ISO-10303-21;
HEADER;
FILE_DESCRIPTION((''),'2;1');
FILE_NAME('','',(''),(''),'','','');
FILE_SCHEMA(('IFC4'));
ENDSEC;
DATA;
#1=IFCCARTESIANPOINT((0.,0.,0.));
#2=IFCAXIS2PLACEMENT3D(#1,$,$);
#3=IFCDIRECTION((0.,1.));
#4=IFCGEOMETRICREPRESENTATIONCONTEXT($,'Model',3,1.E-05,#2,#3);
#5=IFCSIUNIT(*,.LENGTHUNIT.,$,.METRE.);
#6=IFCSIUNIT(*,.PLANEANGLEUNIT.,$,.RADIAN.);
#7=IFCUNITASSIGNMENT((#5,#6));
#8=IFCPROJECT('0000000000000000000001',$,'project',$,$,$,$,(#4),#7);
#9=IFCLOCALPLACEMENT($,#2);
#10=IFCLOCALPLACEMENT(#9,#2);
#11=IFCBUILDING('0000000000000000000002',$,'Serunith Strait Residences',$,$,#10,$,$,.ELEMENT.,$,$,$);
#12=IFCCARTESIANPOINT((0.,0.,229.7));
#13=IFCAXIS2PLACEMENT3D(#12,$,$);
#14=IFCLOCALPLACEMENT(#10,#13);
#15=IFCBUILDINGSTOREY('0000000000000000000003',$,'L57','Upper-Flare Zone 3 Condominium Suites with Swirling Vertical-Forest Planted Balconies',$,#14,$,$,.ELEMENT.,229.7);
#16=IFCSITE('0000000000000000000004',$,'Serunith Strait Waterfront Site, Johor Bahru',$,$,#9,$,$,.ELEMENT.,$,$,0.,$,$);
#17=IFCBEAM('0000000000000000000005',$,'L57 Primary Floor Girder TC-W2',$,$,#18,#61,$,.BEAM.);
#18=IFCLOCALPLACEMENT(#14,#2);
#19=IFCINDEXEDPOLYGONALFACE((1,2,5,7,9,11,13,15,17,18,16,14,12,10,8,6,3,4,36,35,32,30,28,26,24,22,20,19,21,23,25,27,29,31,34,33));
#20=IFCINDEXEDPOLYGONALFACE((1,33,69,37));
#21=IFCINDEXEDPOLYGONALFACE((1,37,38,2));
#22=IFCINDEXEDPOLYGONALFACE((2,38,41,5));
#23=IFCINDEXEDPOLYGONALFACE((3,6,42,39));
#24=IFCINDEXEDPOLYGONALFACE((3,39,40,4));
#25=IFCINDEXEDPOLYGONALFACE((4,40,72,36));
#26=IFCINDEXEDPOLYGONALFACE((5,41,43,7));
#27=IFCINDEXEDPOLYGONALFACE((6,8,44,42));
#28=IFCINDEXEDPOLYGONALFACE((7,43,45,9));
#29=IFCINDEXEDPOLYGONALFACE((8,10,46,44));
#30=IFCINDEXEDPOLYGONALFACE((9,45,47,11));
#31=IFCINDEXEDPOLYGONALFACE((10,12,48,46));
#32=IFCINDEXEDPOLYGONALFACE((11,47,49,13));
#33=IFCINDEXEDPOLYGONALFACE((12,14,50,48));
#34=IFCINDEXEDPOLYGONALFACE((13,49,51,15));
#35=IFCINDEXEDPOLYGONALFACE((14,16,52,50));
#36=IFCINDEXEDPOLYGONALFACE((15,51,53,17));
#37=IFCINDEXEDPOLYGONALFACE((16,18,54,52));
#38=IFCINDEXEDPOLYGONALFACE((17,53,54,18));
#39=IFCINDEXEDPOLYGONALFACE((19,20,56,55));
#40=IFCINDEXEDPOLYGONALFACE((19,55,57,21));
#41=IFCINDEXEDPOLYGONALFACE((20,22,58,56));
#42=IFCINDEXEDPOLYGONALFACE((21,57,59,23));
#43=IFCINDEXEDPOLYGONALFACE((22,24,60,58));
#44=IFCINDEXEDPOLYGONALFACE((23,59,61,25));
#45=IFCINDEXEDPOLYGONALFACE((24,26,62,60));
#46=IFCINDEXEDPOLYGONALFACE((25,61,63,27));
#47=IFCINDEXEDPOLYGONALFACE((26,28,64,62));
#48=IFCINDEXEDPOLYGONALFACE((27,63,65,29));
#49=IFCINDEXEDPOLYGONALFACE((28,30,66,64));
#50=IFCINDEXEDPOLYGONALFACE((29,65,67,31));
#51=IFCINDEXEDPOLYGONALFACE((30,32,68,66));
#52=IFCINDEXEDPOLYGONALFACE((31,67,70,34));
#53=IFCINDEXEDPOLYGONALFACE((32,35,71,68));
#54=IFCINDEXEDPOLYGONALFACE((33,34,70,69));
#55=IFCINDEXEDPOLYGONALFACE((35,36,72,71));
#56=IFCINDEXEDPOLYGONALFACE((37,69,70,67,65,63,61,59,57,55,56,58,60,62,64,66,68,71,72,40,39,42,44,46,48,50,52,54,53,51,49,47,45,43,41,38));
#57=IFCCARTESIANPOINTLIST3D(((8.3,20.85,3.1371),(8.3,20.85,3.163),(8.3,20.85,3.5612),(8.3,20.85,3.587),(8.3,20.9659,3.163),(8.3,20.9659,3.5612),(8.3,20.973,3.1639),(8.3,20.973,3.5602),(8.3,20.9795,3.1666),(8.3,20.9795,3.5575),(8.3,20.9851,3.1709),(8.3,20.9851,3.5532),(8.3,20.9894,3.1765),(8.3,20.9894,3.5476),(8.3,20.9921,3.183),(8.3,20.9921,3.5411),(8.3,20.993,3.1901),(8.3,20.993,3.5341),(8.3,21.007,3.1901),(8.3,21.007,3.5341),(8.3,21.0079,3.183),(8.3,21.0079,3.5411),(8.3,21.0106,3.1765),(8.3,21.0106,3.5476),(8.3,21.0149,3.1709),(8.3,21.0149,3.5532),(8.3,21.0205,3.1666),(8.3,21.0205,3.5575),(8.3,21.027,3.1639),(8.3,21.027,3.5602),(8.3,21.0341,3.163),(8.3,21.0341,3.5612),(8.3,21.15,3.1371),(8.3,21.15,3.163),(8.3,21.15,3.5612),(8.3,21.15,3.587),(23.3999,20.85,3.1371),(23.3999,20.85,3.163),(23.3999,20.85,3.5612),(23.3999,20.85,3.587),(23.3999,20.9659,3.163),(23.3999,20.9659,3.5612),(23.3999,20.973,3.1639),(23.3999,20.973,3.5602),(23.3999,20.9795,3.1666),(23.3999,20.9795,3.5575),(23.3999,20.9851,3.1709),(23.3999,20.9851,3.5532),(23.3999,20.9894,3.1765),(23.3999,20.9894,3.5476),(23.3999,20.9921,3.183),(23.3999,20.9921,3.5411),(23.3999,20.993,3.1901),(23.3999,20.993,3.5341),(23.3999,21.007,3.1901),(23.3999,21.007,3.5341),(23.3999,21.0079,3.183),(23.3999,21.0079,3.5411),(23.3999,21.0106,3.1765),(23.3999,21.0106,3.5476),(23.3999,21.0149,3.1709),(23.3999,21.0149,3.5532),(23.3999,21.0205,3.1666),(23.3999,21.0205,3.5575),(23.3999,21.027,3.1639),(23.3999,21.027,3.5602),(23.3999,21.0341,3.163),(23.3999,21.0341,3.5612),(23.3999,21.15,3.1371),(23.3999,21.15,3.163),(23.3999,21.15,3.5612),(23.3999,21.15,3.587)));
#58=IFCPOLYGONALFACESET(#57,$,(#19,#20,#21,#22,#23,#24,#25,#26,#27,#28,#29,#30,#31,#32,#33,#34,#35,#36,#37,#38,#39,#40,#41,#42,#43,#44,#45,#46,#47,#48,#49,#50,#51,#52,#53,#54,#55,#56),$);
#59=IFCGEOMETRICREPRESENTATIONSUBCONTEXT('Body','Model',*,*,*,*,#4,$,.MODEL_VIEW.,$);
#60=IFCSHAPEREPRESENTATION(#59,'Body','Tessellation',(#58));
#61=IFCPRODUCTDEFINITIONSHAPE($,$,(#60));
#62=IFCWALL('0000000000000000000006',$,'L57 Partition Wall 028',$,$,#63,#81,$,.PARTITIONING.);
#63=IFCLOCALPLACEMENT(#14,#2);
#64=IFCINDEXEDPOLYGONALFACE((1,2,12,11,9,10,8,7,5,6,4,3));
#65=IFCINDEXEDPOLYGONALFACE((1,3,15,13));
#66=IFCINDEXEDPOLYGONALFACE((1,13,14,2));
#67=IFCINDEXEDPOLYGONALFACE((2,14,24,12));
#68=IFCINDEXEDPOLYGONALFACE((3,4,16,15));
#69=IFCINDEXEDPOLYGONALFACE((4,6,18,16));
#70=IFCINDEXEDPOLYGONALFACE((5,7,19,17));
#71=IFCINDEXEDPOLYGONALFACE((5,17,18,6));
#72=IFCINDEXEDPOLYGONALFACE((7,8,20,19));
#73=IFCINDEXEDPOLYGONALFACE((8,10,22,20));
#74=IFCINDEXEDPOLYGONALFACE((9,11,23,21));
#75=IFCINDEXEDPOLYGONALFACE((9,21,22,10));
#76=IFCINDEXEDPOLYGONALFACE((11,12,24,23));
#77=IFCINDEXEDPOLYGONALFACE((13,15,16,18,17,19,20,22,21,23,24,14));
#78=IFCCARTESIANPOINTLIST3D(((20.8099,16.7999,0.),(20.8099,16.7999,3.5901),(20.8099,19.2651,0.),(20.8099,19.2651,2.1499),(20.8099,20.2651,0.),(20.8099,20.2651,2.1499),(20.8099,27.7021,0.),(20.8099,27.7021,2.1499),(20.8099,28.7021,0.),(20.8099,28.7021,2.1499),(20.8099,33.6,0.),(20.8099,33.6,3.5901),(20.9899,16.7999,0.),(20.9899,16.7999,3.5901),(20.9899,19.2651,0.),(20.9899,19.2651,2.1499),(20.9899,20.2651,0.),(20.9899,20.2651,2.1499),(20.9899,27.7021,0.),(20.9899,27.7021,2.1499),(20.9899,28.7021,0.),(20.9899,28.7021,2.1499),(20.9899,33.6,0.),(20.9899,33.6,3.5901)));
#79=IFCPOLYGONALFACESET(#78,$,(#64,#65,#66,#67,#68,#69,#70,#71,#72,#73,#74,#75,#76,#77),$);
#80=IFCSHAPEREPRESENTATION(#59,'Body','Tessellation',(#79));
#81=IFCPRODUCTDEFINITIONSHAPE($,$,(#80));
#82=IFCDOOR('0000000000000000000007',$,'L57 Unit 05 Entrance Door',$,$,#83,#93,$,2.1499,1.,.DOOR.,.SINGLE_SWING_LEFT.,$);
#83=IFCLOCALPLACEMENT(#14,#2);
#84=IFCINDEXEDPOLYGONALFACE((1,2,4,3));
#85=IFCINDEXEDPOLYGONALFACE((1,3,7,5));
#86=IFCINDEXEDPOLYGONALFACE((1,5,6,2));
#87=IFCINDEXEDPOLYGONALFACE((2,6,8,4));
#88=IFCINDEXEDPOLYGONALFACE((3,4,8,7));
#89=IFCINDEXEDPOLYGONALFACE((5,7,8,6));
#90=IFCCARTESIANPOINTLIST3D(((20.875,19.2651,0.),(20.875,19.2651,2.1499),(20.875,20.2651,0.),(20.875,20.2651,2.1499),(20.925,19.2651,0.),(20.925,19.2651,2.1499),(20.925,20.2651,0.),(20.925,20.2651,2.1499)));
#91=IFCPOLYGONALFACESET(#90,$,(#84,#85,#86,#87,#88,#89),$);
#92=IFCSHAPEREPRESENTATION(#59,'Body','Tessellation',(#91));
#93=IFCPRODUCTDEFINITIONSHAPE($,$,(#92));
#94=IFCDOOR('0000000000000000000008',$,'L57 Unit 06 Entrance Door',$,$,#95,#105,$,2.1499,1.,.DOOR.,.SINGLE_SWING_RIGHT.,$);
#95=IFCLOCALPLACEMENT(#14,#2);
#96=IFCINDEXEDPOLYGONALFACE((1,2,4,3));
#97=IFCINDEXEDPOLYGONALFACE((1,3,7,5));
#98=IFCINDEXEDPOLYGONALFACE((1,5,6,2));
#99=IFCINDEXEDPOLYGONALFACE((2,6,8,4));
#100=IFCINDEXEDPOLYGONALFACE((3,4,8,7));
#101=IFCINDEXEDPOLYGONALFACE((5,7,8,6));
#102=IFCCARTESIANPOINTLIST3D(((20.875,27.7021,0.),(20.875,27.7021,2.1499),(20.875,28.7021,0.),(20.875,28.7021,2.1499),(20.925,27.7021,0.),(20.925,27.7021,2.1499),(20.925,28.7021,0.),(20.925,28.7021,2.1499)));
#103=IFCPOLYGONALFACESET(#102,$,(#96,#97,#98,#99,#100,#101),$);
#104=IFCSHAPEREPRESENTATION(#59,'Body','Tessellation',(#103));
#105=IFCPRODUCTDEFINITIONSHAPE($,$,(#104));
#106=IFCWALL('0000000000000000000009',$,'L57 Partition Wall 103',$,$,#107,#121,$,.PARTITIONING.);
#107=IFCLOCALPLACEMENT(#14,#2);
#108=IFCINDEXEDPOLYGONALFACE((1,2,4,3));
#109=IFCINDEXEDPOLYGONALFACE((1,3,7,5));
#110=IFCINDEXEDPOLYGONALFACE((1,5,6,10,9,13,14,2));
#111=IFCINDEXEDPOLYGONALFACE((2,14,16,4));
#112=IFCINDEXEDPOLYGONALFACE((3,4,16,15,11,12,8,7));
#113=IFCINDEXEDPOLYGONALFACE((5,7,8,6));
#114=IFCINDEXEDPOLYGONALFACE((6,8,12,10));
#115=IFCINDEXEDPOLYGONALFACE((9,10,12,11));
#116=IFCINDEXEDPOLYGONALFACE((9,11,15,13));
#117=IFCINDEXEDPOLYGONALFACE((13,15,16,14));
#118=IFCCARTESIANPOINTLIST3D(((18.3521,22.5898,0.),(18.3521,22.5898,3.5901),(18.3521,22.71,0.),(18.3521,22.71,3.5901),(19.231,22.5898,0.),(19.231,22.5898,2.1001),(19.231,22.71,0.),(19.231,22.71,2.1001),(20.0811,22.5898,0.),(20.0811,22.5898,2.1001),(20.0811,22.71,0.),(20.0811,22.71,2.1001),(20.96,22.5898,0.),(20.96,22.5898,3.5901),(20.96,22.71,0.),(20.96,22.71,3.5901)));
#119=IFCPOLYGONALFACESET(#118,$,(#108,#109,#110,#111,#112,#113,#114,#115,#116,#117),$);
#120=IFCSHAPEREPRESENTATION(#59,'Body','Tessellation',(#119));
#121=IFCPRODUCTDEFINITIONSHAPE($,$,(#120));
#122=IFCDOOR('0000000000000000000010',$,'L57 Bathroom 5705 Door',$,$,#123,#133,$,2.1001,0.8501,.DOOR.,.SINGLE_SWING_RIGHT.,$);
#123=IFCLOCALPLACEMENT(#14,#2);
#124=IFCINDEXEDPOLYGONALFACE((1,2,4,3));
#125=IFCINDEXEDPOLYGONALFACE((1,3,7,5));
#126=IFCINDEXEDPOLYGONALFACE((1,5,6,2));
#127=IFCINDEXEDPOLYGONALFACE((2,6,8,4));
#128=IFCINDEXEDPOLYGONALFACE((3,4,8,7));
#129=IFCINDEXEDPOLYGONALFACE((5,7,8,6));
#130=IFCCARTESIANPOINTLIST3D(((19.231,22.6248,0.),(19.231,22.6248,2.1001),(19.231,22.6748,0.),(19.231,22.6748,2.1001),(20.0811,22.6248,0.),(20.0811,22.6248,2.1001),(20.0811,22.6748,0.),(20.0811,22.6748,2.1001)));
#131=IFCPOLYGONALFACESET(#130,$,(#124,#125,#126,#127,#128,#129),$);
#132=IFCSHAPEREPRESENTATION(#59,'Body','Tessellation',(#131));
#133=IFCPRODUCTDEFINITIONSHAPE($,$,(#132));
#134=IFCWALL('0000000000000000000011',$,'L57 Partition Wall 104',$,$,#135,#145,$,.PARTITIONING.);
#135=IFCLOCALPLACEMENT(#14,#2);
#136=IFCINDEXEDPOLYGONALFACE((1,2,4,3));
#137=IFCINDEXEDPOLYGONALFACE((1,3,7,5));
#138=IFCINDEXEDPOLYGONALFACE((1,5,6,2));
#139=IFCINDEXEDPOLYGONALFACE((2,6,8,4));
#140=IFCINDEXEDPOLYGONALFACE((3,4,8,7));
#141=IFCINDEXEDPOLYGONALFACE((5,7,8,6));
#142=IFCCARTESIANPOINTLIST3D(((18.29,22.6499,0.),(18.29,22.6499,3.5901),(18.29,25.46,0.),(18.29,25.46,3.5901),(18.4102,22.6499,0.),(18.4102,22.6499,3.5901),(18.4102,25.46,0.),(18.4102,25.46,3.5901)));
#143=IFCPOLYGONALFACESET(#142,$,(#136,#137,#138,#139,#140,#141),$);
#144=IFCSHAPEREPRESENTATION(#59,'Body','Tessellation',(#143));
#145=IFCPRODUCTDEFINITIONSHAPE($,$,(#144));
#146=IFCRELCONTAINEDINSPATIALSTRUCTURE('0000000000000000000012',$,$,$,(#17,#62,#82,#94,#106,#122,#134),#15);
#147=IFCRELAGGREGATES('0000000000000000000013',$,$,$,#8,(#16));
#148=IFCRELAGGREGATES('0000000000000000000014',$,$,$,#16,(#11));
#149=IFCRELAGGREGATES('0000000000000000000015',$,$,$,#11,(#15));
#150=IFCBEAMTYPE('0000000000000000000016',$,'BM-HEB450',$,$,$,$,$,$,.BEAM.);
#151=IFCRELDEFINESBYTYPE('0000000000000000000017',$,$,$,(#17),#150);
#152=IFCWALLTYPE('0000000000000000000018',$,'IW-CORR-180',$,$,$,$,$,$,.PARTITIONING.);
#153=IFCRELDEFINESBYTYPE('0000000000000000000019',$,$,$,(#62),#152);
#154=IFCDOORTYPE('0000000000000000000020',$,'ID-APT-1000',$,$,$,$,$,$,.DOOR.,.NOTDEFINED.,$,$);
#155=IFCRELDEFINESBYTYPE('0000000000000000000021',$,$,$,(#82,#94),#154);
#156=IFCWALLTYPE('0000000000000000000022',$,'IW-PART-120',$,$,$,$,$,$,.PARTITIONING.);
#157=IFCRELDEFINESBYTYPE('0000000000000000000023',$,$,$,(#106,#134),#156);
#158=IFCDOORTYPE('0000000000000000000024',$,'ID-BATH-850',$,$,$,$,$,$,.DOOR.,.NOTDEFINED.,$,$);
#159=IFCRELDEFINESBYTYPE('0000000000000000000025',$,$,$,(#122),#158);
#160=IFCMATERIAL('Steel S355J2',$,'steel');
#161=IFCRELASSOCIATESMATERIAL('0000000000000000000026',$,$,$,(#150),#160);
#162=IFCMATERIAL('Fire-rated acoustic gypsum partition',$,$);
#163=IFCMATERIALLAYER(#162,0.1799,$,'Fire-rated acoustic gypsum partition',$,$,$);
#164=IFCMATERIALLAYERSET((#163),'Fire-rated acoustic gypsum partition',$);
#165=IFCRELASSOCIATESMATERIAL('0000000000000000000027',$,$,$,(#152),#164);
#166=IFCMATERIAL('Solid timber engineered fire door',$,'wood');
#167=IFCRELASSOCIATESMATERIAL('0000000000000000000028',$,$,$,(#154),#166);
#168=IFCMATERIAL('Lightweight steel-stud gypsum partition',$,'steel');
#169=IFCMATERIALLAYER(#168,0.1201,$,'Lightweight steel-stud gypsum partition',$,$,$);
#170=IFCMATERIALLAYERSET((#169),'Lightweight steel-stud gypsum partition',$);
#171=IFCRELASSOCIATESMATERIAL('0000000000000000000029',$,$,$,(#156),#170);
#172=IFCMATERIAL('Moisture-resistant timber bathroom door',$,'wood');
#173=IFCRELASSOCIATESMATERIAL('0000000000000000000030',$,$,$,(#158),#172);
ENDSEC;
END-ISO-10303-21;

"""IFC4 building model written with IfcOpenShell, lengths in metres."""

from ifc_helpers import new_model, si_unit, direction, frame, frame_2d, origin, origin_2d, place, context, subcontext, project, spatial, rectangle, i_section, extrude, source, transform, mapped, material, layer, layer_set, material_profile, profile_set, type_object, element, fill, save


model = new_model("IFC4")

# Units and contexts
model_context = context("Model", 3, precision=1e-05, world=origin(), true_north=direction((0.0, 1.0)))
body_context = subcontext(model_context, "Body", "Model", "MODEL_VIEW")
ifc_project = project(units=[si_unit("LENGTHUNIT", "METRE"), si_unit("PLANEANGLEUNIT", "RADIAN")], contexts=[model_context])

# Site, building, storey
site_placement = place(None, origin())
site = spatial("IfcSite", under=ifc_project, at=site_placement, Name="Serunith Strait Waterfront Site, Johor Bahru", CompositionType="ELEMENT", RefElevation=0.0)
building_placement = place(site_placement, origin())
building = spatial("IfcBuilding", under=site, at=building_placement, Name="Serunith Strait Residences", CompositionType="ELEMENT")
storey_placement = place(building_placement, frame((0.0, 0.0, 229.7)))
storey = spatial("IfcBuildingStorey", under=building, at=storey_placement, Name="L57", Description="Upper-Flare Zone 3 Condominium Suites with Swirling Vertical-Forest Planted Balconies", CompositionType="ELEMENT", Elevation=229.7)

# Beam
ifc_material_1 = material(Name="Steel S355J2", Category="steel")
ifc_material_profile = material_profile(ifc_material_1, i_section(OverallWidth=0.3, OverallDepth=0.45, WebThickness=0.0139, FlangeThickness=0.0259, FilletRadius=0.0271, at=origin_2d()), Name="HEB 450")
ifc_profile_set = profile_set([ifc_material_profile], Name="Steel S355J2")
beam_type = type_object("IfcBeamType", Name="BM-HEB450", PredefinedType="BEAM", material=ifc_profile_set)
shared_shape_1 = source(origin(), body_context, "Body", "SweptSolid", [
    extrude(i_section(OverallWidth=0.3, OverallDepth=0.45, WebThickness=0.0139, FlangeThickness=0.0259, FilletRadius=0.0271, at=origin_2d()), origin(), (0.0, 0.0, 1.0), 15.0999),
])
beam_placement = place(storey_placement, frame((23.3999, 21.0, 3.3621), z_axis=(-1.0, 0.0, 0.0), x_axis=(0.0, -1.0, 0.0)))
element("IfcBeam", 1, at=beam_placement, inside=storey, type_object=beam_type, Name="L57 Primary Floor Girder TC-W2", PredefinedType="BEAM", context=body_context, shape_type="MappedRepresentation", body=[
    mapped(shared_shape_1, transform((0.0, 0.0, 0.0), scale=1.0)),
])

# Shared definitions
ifc_material_2 = material(Name="Fire-rated acoustic gypsum partition")
ifc_layer_1 = layer(ifc_material_2, 0.1799, Name="Fire-rated acoustic gypsum partition")
ifc_layer_set_1 = layer_set([ifc_layer_1], Name="Fire-rated acoustic gypsum partition")
wall_type_1 = type_object("IfcWallType", Name="IW-CORR-180", PredefinedType="PARTITIONING", material=ifc_layer_set_1)
ifc_material_3 = material(Name="Solid timber engineered fire door", Category="wood")
door_type_1 = type_object("IfcDoorType", Name="ID-APT-1000", OperationType="NOTDEFINED", PredefinedType="DOOR", material=ifc_material_3)
shared_shape_2 = source(origin(), body_context, "Body", "SweptSolid", [
    extrude(rectangle(XDim=1.0, YDim=2.1499, at=frame_2d((0.5, 1.075))), frame((0.0, 0.0249, 0.0), z_axis=(0.0, -1.0, 0.0), x_axis=(1.0, 0.0, 0.0)), (0.0, 0.0, 1.0), 0.05),
])

# Wall, openings, doors
wall_1_placement = place(storey_placement, frame((20.8999, 16.8, 0.0), z_axis=(0.0, 0.0, 1.0), x_axis=(0.0, 1.0, 0.0)))
wall_1 = element("IfcWall", 2, at=wall_1_placement, inside=storey, type_object=wall_type_1, Name="L57 Partition Wall 028", PredefinedType="PARTITIONING", context=body_context, shape_type="SweptSolid", body=[
    extrude(rectangle(XDim=16.8, YDim=0.1799, at=frame_2d((8.3999, 0.0))), origin(), (0.0, 0.0, 1.0), 3.5901),
])
opening_1_placement = place(wall_1_placement, frame((2.4651, 0.0, 0.0)))
opening_1 = element("IfcOpeningElement", 3, at=opening_1_placement, cuts=wall_1, PredefinedType="OPENING", context=body_context, shape_type="SweptSolid", body=[
    extrude(rectangle(XDim=1.0, YDim=2.1499, at=frame_2d((0.5, 1.075))), frame((0.0, 0.1001, 0.0), z_axis=(0.0, -1.0, 0.0), x_axis=(1.0, 0.0, 0.0)), (0.0, 0.0, 1.0), 0.2),
])
opening_2_placement = place(wall_1_placement, frame((10.9021, 0.0, 0.0)))
opening_2 = element("IfcOpeningElement", 4, at=opening_2_placement, cuts=wall_1, PredefinedType="OPENING", context=body_context, shape_type="SweptSolid", body=[
    extrude(rectangle(XDim=1.0, YDim=2.1499, at=frame_2d((0.5, 1.075))), frame((0.0, 0.1001, 0.0), z_axis=(0.0, -1.0, 0.0), x_axis=(1.0, 0.0, 0.0)), (0.0, 0.0, 1.0), 0.2),
])
door_1_placement = place(opening_1_placement, origin())
door_1 = element("IfcDoor", 5, at=door_1_placement, inside=storey, type_object=door_type_1, Name="L57 Unit 05 Entrance Door", OperationType="SINGLE_SWING_LEFT", OverallHeight=2.1499, OverallWidth=1.0, PredefinedType="DOOR", context=body_context, shape_type="MappedRepresentation", body=[
    mapped(shared_shape_2, transform((0.0, 0.0, 0.0), scale=1.0)),
])
fill(opening_1, door_1)
door_2_placement = place(opening_2_placement, origin())
door_2 = element("IfcDoor", 6, at=door_2_placement, inside=storey, type_object=door_type_1, Name="L57 Unit 06 Entrance Door", OperationType="SINGLE_SWING_RIGHT", OverallHeight=2.1499, OverallWidth=1.0, PredefinedType="DOOR", context=body_context, shape_type="MappedRepresentation", body=[
    mapped(shared_shape_2, transform((0.0, 0.0, 0.0), scale=1.0)),
])
fill(opening_2, door_2)

# Wall, opening, door
ifc_material_4 = material(Name="Lightweight steel-stud gypsum partition", Category="steel")
ifc_layer_2 = layer(ifc_material_4, 0.1201, Name="Lightweight steel-stud gypsum partition")
ifc_layer_set_2 = layer_set([ifc_layer_2], Name="Lightweight steel-stud gypsum partition")
wall_type_2 = type_object("IfcWallType", Name="IW-PART-120", PredefinedType="PARTITIONING", material=ifc_layer_set_2)
wall_2_placement = place(storey_placement, frame((18.3521, 22.6499, 0.0), z_axis=(0.0, 0.0, 1.0), x_axis=(1.0, 0.0, 0.0)))
wall_2 = element("IfcWall", 7, at=wall_2_placement, inside=storey, type_object=wall_type_2, Name="L57 Partition Wall 103", PredefinedType="PARTITIONING", context=body_context, shape_type="SweptSolid", body=[
    extrude(rectangle(XDim=2.6079, YDim=0.1201, at=frame_2d((1.304, 0.0))), origin(), (0.0, 0.0, 1.0), 3.5901),
])
opening_3_placement = place(wall_2_placement, frame((0.8789, 0.0, 0.0)))
opening_3 = element("IfcOpeningElement", 8, at=opening_3_placement, cuts=wall_2, PredefinedType="OPENING", context=body_context, shape_type="SweptSolid", body=[
    extrude(rectangle(XDim=0.8501, YDim=2.1001, at=frame_2d((0.425, 1.05))), frame((0.0, 0.0701, 0.0), z_axis=(0.0, -1.0, 0.0), x_axis=(1.0, 0.0, 0.0)), (0.0, 0.0, 1.0), 0.1401),
])
ifc_material_5 = material(Name="Moisture-resistant timber bathroom door", Category="wood")
door_type_2 = type_object("IfcDoorType", Name="ID-BATH-850", OperationType="NOTDEFINED", PredefinedType="DOOR", material=ifc_material_5)
shared_shape_3 = source(origin(), body_context, "Body", "SweptSolid", [
    extrude(rectangle(XDim=0.8501, YDim=2.1001, at=frame_2d((0.425, 1.05))), frame((0.0, 0.0249, 0.0), z_axis=(0.0, -1.0, 0.0), x_axis=(1.0, 0.0, 0.0)), (0.0, 0.0, 1.0), 0.05),
])
door_3_placement = place(opening_3_placement, origin())
door_3 = element("IfcDoor", 9, at=door_3_placement, inside=storey, type_object=door_type_2, Name="L57 Bathroom 5705 Door", OperationType="SINGLE_SWING_RIGHT", OverallHeight=2.1001, OverallWidth=0.8501, PredefinedType="DOOR", context=body_context, shape_type="MappedRepresentation", body=[
    mapped(shared_shape_3, transform((0.0, 0.0, 0.0), scale=1.0)),
])
fill(opening_3, door_3)

# Wall
wall_3_placement = place(storey_placement, frame((18.3501, 22.6499, 0.0), z_axis=(0.0, 0.0, 1.0), x_axis=(0.0, 1.0, 0.0)))
element("IfcWall", 10, at=wall_3_placement, inside=storey, type_object=wall_type_2, Name="L57 Partition Wall 104", PredefinedType="PARTITIONING", context=body_context, shape_type="SweptSolid", body=[
    extrude(rectangle(XDim=2.8101, YDim=0.1201, at=frame_2d((1.405, 0.0))), origin(), (0.0, 0.0, 1.0), 3.5901),
])

save(model, "model.ifc")
